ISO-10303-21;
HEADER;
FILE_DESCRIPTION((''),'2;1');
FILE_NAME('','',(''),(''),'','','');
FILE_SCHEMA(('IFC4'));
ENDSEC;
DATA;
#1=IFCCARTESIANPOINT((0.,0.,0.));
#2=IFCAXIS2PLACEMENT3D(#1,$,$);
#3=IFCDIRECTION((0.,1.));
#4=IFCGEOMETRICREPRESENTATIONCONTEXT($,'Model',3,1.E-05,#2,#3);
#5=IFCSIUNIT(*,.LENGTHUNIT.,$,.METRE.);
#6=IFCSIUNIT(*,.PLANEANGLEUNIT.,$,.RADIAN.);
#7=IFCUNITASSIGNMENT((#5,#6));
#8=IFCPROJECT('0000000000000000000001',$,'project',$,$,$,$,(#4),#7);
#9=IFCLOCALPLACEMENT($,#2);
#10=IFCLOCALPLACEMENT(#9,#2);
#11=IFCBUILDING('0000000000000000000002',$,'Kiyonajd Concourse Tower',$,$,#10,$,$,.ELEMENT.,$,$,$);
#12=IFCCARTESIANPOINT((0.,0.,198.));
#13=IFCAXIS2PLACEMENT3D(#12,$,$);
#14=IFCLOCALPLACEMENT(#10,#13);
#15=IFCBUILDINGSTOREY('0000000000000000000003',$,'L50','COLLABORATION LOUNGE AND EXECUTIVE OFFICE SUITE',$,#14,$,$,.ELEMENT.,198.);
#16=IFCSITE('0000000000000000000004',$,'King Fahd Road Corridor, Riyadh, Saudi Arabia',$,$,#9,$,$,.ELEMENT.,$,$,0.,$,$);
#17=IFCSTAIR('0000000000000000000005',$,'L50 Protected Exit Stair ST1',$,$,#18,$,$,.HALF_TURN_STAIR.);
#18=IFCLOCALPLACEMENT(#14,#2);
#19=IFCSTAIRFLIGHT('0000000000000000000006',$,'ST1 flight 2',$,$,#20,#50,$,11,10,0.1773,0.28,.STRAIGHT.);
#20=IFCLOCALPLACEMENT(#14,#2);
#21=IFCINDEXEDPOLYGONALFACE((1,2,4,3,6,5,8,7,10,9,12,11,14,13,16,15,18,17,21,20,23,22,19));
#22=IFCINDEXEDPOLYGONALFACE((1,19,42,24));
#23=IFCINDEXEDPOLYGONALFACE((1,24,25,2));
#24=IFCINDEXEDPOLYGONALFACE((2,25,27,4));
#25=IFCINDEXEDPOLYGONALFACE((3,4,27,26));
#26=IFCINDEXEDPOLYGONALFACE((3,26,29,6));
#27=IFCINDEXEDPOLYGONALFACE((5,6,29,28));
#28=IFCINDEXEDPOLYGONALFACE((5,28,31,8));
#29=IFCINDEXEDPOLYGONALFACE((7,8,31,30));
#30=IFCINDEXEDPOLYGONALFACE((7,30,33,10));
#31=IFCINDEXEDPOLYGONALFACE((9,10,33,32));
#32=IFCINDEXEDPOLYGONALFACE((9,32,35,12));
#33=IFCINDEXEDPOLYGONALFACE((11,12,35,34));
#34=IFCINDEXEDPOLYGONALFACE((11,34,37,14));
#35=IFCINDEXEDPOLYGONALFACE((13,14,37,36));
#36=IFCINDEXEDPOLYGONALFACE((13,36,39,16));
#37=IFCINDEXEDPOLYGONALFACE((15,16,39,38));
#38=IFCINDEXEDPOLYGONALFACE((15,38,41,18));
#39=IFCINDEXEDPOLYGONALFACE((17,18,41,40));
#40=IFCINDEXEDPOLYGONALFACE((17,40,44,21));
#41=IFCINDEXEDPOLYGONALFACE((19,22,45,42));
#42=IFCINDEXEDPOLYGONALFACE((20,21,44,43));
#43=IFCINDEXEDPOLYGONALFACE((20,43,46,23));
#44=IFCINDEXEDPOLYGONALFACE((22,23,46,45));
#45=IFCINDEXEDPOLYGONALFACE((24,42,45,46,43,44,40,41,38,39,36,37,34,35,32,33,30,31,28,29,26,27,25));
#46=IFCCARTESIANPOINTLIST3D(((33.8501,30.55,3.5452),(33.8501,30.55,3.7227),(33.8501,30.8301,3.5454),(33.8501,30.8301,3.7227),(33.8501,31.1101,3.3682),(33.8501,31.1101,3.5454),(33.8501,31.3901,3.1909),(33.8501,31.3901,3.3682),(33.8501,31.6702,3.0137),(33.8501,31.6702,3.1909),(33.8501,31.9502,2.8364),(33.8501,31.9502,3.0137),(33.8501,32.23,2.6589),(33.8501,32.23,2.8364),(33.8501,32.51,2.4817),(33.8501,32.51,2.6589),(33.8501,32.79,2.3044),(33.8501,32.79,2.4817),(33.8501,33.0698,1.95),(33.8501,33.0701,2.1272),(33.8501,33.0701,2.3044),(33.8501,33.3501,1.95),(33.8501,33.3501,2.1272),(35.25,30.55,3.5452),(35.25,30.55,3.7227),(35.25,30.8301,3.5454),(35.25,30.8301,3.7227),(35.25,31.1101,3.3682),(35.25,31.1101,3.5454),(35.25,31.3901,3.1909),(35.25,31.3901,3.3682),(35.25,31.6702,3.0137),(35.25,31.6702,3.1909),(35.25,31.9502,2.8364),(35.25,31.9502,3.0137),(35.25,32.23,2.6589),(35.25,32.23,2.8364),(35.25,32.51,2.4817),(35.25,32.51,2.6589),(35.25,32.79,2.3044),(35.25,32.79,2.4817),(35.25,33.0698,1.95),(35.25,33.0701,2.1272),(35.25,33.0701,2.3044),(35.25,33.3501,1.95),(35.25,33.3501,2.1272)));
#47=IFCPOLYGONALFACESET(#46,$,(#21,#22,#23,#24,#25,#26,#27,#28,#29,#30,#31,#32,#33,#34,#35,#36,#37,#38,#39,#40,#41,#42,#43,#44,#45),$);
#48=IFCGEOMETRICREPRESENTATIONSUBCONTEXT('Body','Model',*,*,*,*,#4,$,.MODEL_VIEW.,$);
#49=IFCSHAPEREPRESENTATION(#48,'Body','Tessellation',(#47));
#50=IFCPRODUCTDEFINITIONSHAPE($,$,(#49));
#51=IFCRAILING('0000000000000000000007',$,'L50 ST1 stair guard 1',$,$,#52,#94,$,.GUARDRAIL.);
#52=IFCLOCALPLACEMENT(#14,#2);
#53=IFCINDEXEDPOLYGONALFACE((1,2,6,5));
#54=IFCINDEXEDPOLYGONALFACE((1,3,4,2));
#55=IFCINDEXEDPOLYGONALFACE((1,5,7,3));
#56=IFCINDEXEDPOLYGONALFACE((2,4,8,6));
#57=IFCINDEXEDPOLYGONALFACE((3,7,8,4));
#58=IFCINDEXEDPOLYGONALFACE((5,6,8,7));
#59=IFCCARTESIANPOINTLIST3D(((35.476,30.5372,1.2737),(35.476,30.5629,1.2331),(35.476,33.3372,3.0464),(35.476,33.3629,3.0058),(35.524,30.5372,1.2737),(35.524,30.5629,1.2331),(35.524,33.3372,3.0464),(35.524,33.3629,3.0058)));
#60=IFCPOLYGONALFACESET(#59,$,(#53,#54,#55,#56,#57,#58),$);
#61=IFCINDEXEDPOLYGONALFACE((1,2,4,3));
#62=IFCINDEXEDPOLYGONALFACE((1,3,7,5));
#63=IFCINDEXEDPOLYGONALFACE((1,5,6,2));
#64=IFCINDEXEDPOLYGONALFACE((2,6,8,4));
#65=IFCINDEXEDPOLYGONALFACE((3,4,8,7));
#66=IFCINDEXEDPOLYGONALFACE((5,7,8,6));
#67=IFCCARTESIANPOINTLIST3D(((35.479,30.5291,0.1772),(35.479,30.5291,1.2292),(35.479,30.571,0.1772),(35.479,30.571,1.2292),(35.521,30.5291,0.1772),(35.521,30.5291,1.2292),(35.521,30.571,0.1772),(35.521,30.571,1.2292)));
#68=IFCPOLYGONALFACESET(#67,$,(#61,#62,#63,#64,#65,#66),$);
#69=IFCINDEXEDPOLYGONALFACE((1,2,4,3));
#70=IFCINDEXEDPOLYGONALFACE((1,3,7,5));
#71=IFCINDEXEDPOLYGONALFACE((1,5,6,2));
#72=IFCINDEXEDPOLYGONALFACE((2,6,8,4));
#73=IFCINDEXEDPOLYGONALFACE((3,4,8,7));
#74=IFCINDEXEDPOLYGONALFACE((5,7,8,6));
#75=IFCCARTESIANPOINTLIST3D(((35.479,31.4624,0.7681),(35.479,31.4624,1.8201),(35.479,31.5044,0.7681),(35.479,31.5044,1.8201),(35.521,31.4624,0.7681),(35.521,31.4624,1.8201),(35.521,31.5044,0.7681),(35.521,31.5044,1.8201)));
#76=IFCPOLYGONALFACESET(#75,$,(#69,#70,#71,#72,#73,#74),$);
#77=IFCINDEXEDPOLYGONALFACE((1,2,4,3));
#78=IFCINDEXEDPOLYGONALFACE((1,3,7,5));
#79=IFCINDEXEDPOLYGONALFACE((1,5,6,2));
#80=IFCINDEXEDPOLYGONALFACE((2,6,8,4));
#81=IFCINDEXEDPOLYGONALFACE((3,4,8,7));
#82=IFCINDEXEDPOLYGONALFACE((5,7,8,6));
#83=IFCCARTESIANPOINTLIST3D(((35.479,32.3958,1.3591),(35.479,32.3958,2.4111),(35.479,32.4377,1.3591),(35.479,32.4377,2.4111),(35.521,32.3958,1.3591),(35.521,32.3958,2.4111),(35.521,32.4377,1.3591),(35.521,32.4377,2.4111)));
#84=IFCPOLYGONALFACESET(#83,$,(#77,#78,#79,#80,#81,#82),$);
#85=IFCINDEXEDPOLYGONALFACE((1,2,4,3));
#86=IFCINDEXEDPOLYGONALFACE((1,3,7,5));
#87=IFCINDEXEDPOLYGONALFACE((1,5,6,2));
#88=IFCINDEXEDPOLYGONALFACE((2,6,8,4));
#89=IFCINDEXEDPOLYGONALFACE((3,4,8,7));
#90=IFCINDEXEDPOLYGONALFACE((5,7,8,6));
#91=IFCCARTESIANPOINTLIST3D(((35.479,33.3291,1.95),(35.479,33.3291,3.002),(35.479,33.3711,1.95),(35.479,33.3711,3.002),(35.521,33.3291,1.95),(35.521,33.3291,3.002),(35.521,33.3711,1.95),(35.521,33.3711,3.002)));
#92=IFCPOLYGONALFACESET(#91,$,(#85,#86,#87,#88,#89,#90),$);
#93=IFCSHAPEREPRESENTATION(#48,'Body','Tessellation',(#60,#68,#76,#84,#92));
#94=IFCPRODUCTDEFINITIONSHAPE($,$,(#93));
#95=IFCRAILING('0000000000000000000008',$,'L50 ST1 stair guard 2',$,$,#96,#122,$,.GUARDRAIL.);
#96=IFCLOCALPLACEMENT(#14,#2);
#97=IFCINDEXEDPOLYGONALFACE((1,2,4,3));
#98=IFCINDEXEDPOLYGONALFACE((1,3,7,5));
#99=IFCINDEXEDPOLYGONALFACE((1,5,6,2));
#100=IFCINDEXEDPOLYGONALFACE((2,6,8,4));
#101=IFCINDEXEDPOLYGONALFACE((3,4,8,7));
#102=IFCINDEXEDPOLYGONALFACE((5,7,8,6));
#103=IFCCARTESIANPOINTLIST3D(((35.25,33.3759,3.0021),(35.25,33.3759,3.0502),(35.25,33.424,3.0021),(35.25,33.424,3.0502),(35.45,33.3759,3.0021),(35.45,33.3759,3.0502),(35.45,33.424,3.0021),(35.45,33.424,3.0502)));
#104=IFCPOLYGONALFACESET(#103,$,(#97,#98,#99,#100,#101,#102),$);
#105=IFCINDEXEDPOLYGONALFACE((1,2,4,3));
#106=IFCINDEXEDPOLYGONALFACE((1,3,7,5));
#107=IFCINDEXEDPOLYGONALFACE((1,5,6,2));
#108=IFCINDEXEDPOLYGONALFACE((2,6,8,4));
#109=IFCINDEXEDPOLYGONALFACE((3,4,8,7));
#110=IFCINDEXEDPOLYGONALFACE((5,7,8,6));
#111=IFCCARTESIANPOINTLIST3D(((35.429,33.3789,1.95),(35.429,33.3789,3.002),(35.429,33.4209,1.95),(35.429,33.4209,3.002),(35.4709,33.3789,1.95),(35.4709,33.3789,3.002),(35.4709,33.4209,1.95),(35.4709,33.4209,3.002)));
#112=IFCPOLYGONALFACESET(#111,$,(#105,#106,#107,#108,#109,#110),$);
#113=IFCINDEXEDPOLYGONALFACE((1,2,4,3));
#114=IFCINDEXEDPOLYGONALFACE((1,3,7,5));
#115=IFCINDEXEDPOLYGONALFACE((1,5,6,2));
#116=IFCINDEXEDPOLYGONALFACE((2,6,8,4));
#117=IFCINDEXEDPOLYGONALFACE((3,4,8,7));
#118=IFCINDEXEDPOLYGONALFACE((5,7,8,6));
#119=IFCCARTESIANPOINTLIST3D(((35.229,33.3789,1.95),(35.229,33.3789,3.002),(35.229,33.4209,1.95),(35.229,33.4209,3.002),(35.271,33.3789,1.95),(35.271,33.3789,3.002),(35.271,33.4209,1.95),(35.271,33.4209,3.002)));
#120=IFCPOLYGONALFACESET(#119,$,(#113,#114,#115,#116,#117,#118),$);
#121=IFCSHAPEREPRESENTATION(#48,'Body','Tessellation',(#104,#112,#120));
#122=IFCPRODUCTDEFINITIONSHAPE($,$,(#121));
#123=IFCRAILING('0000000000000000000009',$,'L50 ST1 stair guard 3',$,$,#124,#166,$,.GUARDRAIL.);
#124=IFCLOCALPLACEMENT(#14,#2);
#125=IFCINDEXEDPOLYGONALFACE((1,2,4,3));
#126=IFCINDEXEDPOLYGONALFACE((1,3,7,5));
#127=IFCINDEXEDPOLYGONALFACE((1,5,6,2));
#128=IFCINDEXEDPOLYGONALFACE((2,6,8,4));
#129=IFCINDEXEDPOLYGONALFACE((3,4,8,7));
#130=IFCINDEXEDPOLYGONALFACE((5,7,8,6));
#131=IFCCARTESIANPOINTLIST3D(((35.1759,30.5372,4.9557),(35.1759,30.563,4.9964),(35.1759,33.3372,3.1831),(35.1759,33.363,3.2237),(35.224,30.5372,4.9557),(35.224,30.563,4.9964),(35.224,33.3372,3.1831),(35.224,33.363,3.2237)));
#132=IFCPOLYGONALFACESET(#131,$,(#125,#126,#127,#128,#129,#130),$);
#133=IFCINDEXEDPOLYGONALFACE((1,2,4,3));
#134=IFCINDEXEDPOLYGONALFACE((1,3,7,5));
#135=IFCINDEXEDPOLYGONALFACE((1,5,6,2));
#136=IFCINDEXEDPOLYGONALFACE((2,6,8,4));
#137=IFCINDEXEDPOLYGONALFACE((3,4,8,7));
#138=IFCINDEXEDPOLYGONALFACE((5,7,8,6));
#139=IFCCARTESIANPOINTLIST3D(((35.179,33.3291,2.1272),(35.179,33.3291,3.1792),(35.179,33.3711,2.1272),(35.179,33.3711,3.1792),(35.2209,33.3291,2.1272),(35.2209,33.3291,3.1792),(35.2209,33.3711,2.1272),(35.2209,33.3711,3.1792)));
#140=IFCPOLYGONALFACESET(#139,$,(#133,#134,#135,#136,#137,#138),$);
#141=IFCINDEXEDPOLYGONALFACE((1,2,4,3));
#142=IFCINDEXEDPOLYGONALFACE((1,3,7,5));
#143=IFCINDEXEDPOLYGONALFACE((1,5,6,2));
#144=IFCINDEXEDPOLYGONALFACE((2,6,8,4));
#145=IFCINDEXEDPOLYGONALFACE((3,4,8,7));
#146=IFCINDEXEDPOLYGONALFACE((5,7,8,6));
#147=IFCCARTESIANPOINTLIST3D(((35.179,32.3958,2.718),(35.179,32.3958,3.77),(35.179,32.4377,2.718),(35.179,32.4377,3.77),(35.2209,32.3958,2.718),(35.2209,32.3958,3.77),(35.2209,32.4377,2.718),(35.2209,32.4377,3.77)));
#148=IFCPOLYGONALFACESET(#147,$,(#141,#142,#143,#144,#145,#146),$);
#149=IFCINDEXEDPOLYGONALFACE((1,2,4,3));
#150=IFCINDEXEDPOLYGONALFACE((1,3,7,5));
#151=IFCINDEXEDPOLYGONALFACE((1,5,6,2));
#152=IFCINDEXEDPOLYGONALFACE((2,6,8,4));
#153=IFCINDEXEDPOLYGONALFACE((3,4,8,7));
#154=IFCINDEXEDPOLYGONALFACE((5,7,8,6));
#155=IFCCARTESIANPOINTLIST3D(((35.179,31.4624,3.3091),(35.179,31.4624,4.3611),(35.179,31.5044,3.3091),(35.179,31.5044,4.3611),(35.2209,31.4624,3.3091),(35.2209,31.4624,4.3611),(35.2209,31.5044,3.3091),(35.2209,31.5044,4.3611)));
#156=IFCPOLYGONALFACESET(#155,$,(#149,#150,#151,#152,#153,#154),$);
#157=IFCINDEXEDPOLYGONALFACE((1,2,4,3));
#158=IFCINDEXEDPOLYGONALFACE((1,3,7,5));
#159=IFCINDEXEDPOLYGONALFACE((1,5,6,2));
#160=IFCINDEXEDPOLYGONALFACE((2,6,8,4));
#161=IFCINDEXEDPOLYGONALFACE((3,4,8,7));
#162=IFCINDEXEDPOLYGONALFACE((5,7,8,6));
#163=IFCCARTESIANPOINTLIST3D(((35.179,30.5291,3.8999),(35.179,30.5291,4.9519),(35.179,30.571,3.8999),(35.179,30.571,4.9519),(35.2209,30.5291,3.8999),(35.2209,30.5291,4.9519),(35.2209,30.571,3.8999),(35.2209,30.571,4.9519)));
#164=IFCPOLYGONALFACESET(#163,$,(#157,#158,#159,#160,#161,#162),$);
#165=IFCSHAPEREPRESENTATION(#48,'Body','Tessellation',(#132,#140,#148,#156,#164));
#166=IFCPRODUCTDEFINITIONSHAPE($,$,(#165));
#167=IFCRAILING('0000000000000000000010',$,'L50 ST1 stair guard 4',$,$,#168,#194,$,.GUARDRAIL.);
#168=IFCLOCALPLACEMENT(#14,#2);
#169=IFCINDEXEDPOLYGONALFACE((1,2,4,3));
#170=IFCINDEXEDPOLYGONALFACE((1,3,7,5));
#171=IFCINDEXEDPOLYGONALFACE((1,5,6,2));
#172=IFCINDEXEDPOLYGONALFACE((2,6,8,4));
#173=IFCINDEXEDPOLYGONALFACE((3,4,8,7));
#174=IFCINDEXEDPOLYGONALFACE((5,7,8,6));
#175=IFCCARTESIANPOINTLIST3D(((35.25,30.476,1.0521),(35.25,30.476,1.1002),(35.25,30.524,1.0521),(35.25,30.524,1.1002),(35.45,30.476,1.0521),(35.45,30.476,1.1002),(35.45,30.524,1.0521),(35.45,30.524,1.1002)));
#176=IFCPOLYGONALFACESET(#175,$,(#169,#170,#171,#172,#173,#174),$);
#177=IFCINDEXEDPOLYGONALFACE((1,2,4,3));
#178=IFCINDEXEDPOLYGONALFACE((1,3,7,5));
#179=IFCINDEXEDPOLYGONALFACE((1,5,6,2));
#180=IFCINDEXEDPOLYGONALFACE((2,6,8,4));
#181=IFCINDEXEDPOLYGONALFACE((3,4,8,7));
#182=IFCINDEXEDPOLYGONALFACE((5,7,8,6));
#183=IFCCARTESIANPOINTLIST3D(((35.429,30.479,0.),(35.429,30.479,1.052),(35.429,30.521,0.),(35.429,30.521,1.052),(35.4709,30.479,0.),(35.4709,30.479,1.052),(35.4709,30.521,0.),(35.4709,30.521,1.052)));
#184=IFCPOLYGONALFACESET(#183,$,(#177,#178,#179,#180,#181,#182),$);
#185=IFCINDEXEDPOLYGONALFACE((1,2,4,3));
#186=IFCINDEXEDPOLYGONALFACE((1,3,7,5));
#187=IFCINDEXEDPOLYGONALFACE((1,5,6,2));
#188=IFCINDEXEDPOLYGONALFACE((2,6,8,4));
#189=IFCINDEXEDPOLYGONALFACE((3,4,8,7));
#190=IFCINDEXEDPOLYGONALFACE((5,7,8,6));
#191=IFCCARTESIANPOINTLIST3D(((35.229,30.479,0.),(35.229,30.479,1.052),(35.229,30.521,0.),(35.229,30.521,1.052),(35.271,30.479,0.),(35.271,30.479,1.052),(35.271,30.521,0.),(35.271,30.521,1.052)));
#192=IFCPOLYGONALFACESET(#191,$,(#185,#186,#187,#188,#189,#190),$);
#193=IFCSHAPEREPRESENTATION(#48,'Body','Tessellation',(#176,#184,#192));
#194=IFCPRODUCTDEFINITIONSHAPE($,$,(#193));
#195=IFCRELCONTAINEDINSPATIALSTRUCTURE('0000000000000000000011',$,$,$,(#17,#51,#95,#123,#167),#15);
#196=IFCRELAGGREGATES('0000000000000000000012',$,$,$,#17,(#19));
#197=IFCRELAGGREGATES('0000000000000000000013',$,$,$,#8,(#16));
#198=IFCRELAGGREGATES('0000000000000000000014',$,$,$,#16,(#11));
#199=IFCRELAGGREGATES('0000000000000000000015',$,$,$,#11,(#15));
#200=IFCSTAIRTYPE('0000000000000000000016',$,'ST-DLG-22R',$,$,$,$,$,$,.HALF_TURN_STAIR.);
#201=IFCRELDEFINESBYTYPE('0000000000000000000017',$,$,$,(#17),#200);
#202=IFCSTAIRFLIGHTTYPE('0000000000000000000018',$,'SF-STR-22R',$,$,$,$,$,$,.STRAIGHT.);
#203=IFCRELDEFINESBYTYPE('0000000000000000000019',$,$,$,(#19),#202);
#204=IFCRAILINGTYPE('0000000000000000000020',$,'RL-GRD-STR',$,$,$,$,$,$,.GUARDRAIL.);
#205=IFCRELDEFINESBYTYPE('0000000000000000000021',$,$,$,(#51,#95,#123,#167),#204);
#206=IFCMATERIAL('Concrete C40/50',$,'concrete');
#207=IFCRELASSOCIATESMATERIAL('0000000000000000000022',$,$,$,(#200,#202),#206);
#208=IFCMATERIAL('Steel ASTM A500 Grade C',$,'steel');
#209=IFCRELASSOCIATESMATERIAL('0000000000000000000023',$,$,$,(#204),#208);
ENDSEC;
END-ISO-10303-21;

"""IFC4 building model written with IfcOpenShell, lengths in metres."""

from ifc_helpers import new_model, si_unit, direction, frame, origin, origin_2d, place, context, subcontext, project, spatial, polyline, rectangle, outline, extrude, material, type_object, element, aggregate, save


model = new_model("IFC4")

# Units and contexts
model_context = context("Model", 3, precision=1e-05, world=origin(), true_north=direction((0.0, 1.0)))
body_context = subcontext(model_context, "Body", "Model", "MODEL_VIEW")
ifc_project = project(units=[si_unit("LENGTHUNIT", "METRE"), si_unit("PLANEANGLEUNIT", "RADIAN")], contexts=[model_context])

# Site, building, storey
site_placement = place(None, origin())
site = spatial("IfcSite", under=ifc_project, at=site_placement, Name="King Fahd Road Corridor, Riyadh, Saudi Arabia", CompositionType="ELEMENT", RefElevation=0.0)
building_placement = place(site_placement, origin())
building = spatial("IfcBuilding", under=site, at=building_placement, Name="Kiyonajd Concourse Tower", CompositionType="ELEMENT")
storey_placement = place(building_placement, frame((0.0, 0.0, 198.0)))
storey = spatial("IfcBuildingStorey", under=building, at=storey_placement, Name="L50", Description="COLLABORATION LOUNGE AND EXECUTIVE OFFICE SUITE", CompositionType="ELEMENT", Elevation=198.0)

# Stair, stair flight
ifc_material_1 = material(Name="Concrete C40/50", Category="concrete")
stair_type = type_object("IfcStairType", Name="ST-DLG-22R", PredefinedType="HALF_TURN_STAIR", material=ifc_material_1)
stair_placement = place(storey_placement, origin())
stair = element("IfcStair", 1, at=stair_placement, inside=storey, type_object=stair_type, Name="L50 Protected Exit Stair ST1", PredefinedType="HALF_TURN_STAIR")
stair_flight_type = type_object("IfcStairFlightType", Name="SF-STR-22R", PredefinedType="STRAIGHT", material=ifc_material_1)
stair_flight_1_placement = place(storey_placement, frame((34.55, 33.3501, 1.95), z_axis=(0.0, 0.0, 1.0), x_axis=(0.0, -1.0, 0.0)))
stair_flight_1 = element("IfcStairFlight", 2, at=stair_flight_1_placement, type_object=stair_flight_type, Name="ST1 flight 2", NumberOfRisers=11, NumberOfTreads=10, PredefinedType="STRAIGHT", RiserHeight=0.1773, TreadLength=0.28, context=body_context, shape_type="SweptSolid", body=[
    extrude(outline(polyline([(0.0, 0.0), (0.0, 0.1772), (0.28, 0.1772), (0.28, 0.3545), (0.5601, 0.3545), (0.5601, 0.5317), (0.8401, 0.5317), (0.8401, 0.709), (1.1201, 0.709), (1.1201, 0.8865), (1.3999, 0.8865), (1.3999, 1.0637), (1.6799, 1.0637), (1.6799, 1.241), (1.96, 1.241), (1.96, 1.4182), (2.24, 1.4182), (2.24, 1.5955), (2.52, 1.5955), (2.52, 1.7727), (2.8, 1.7727), (2.8, 1.95), (2.8, 1.5952), (0.2803, 0.0), (0.0, 0.0)])), frame((0.0, 0.7, 0.0), z_axis=(0.0, -1.0, 0.0), x_axis=(1.0, 0.0, 0.0)), (0.0, 0.0, 1.0), 1.3999),
])
aggregate(stair, [stair_flight_1])

# Railings
ifc_material_2 = material(Name="Steel ASTM A500 Grade C", Category="steel")
railing_type_1 = type_object("IfcRailingType", Name="RL-GRD-STR", PredefinedType="GUARDRAIL", material=ifc_material_2)
railing_1_placement = place(storey_placement, frame((35.5, 30.55, 0.1772)))
element("IfcRailing", 3, at=railing_1_placement, inside=storey, type_object=railing_type_1, Name="L50 ST1 stair guard 1", PredefinedType="GUARDRAIL", context=body_context, shape_type="SweptSolid", body=[
    extrude(rectangle(XDim=0.0481, YDim=0.0481, at=origin_2d()), frame((0.0, 0.0, 1.0762), z_axis=(0.0, 0.844909, 0.53491), x_axis=(-1.0, 0.0, 0.0)), (0.0, 0.0, 1.0), 3.314),
    extrude(rectangle(XDim=0.042, YDim=0.042, at=origin_2d()), origin(), (0.0, 0.0, 1.0), 1.052),
    extrude(rectangle(XDim=0.042, YDim=0.042, at=origin_2d()), frame((0.0, 0.9333, 0.5908)), (0.0, 0.0, 1.0), 1.052),
    extrude(rectangle(XDim=0.042, YDim=0.042, at=origin_2d()), frame((0.0, 1.8667, 1.1819)), (0.0, 0.0, 1.0), 1.052),
    extrude(rectangle(XDim=0.042, YDim=0.042, at=origin_2d()), frame((0.0, 2.8, 1.7727)), (0.0, 0.0, 1.0), 1.052),
])
railing_2_placement = place(storey_placement, frame((35.45, 33.3999, 1.95)))
element("IfcRailing", 4, at=railing_2_placement, inside=storey, type_object=railing_type_1, Name="L50 ST1 stair guard 2", PredefinedType="GUARDRAIL", context=body_context, shape_type="SweptSolid", body=[
    extrude(rectangle(XDim=0.0481, YDim=0.0481, at=origin_2d()), frame((0.0, 0.0, 1.0762), z_axis=(-1.0, 0.0, 0.0), x_axis=(0.0, -1.0, 0.0)), (0.0, 0.0, 1.0), 0.2),
    extrude(rectangle(XDim=0.042, YDim=0.042, at=origin_2d()), origin(), (0.0, 0.0, 1.0), 1.052),
    extrude(rectangle(XDim=0.042, YDim=0.042, at=origin_2d()), frame((-0.2, 0.0, 0.0)), (0.0, 0.0, 1.0), 1.052),
])
railing_3_placement = place(storey_placement, frame((35.2, 33.3501, 2.1272)))
element("IfcRailing", 5, at=railing_3_placement, inside=storey, type_object=railing_type_1, Name="L50 ST1 stair guard 3", PredefinedType="GUARDRAIL", context=body_context, shape_type="SweptSolid", body=[
    extrude(rectangle(XDim=0.0481, YDim=0.0481, at=origin_2d()), frame((0.0, 0.0, 1.0762), z_axis=(0.0, -0.844909, 0.53491), x_axis=(1.0, 0.0, 0.0)), (0.0, 0.0, 1.0), 3.314),
    extrude(rectangle(XDim=0.042, YDim=0.042, at=origin_2d()), origin(), (0.0, 0.0, 1.0), 1.052),
    extrude(rectangle(XDim=0.042, YDim=0.042, at=origin_2d()), frame((0.0, -0.9333, 0.5908)), (0.0, 0.0, 1.0), 1.052),
    extrude(rectangle(XDim=0.042, YDim=0.042, at=origin_2d()), frame((0.0, -1.8667, 1.1819)), (0.0, 0.0, 1.0), 1.052),
    extrude(rectangle(XDim=0.042, YDim=0.042, at=origin_2d()), frame((0.0, -2.8, 1.7727)), (0.0, 0.0, 1.0), 1.052),
])
railing_4_placement = place(storey_placement, frame((35.45, 30.5, 0.0)))
element("IfcRailing", 6, at=railing_4_placement, inside=storey, type_object=railing_type_1, Name="L50 ST1 stair guard 4", PredefinedType="GUARDRAIL", context=body_context, shape_type="SweptSolid", body=[
    extrude(rectangle(XDim=0.0481, YDim=0.0481, at=origin_2d()), frame((0.0, 0.0, 1.0762), z_axis=(-1.0, 0.0, 0.0), x_axis=(0.0, -1.0, 0.0)), (0.0, 0.0, 1.0), 0.2),
    extrude(rectangle(XDim=0.042, YDim=0.042, at=origin_2d()), origin(), (0.0, 0.0, 1.0), 1.052),
    extrude(rectangle(XDim=0.042, YDim=0.042, at=origin_2d()), frame((-0.2, 0.0, 0.0)), (0.0, 0.0, 1.0), 1.052),
])

save(model, "model.ifc")
